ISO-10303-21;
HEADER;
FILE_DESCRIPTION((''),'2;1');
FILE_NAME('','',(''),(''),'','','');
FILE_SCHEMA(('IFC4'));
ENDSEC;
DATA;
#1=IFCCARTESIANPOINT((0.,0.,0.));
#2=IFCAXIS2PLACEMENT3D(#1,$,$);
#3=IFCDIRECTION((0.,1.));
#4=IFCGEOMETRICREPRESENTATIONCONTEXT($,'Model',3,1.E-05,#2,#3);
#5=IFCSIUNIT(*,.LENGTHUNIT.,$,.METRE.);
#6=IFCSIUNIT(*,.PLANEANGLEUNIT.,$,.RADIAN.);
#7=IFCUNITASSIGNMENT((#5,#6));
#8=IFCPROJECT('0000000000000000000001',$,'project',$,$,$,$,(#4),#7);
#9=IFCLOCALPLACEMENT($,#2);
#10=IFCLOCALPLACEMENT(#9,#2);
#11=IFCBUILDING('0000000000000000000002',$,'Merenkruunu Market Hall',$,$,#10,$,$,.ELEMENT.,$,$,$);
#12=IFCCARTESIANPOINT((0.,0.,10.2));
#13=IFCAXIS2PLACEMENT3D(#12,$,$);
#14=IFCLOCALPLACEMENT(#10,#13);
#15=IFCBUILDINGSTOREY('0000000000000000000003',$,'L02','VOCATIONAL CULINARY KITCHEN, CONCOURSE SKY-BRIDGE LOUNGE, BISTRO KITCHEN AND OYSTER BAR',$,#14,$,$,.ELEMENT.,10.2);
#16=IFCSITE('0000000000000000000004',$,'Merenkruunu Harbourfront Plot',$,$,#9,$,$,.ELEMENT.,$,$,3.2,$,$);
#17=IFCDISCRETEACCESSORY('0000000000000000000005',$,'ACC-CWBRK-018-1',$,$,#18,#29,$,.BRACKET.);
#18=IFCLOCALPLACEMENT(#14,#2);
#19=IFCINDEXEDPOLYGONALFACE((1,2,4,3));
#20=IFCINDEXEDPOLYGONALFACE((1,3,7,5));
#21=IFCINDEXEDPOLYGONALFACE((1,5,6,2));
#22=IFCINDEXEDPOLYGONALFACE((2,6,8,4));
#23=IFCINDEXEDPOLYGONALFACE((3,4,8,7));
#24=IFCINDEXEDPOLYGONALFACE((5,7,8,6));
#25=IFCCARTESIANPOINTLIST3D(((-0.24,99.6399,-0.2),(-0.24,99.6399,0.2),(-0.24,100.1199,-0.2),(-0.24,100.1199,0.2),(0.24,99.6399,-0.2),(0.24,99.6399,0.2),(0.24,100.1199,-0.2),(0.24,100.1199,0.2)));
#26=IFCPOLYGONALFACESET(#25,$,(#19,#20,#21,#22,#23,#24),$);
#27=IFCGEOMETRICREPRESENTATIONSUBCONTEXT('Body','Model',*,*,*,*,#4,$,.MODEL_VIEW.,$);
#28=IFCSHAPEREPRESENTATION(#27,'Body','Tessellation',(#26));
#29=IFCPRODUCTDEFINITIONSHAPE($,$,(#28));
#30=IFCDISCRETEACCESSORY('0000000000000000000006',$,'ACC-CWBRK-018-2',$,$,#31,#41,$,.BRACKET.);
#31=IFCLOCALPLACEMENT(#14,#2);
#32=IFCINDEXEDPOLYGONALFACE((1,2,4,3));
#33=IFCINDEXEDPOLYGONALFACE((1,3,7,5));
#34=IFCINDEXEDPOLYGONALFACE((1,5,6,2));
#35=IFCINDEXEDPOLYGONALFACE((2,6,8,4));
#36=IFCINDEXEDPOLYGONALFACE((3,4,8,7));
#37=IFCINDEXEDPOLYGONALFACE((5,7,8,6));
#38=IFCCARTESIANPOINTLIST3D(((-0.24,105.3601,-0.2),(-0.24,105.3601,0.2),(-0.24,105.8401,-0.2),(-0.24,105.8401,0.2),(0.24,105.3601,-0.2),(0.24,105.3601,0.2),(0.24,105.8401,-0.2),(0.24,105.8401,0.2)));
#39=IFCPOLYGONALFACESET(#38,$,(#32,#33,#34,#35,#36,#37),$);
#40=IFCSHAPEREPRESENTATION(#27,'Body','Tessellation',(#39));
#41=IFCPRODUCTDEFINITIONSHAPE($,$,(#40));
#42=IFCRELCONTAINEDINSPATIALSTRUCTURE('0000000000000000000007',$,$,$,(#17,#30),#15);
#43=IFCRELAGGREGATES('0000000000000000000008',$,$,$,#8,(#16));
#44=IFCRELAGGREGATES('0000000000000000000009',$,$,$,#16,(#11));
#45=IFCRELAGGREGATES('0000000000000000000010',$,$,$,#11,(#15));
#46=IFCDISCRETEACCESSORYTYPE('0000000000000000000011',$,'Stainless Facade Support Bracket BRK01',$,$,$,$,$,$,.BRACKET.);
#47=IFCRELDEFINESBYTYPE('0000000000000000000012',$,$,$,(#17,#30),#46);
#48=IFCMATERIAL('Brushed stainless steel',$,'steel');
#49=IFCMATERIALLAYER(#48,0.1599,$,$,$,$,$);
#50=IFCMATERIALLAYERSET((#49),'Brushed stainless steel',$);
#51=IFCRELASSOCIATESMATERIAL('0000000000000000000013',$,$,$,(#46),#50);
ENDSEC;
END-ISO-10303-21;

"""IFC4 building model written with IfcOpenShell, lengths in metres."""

from ifc_helpers import new_model, si_unit, direction, frame, origin, origin_2d, place, context, subcontext, project, spatial, rectangle, extrude, material, layer, layer_set, type_object, element, save


model = new_model("IFC4")

# Units and contexts
model_context = context("Model", 3, precision=1e-05, world=origin(), true_north=direction((0.0, 1.0)))
body_context = subcontext(model_context, "Body", "Model", "MODEL_VIEW")
ifc_project = project(units=[si_unit("LENGTHUNIT", "METRE"), si_unit("PLANEANGLEUNIT", "RADIAN")], contexts=[model_context])

# Site, building, storey
site_placement = place(None, origin())
site = spatial("IfcSite", under=ifc_project, at=site_placement, Name="Merenkruunu Harbourfront Plot", CompositionType="ELEMENT", RefElevation=3.2)
building_placement = place(site_placement, origin())
building = spatial("IfcBuilding", under=site, at=building_placement, Name="Merenkruunu Market Hall", CompositionType="ELEMENT")
storey_placement = place(building_placement, frame((0.0, 0.0, 10.2)))
storey = spatial("IfcBuildingStorey", under=building, at=storey_placement, Name="L02", Description="VOCATIONAL CULINARY KITCHEN, CONCOURSE SKY-BRIDGE LOUNGE, BISTRO KITCHEN AND OYSTER BAR", CompositionType="ELEMENT", Elevation=10.2)

# Discrete accessories
ifc_material_1 = material(Name="Brushed stainless steel", Category="steel")
ifc_layer_1 = layer(ifc_material_1, 0.1599)
ifc_layer_set_1 = layer_set([ifc_layer_1], Name="Brushed stainless steel")
discrete_accessory_type = type_object("IfcDiscreteAccessoryType", Name="Stainless Facade Support Bracket BRK01", PredefinedType="BRACKET", material=ifc_layer_set_1)
for number, where, z_axis, x_axis, name in (
    (1, (0.0, 99.8799, -0.2), (0.0, 0.0, 1.0), (1.0, 0.0, 0.0), "ACC-CWBRK-018-1"),
    (2, (0.0, 105.6001, -0.2), (0.0, 0.0, 1.0), (1.0, 0.0, 0.0), "ACC-CWBRK-018-2"),
):
    element("IfcDiscreteAccessory", number, at=place(storey_placement, frame(where, z_axis=z_axis, x_axis=x_axis)), inside=storey, type_object=discrete_accessory_type, Name=name, PredefinedType="BRACKET", context=body_context, shape_type="SweptSolid", body=[
        extrude(rectangle(XDim=0.48, YDim=0.48, at=origin_2d()), origin(), (0.0, 0.0, 1.0), 0.3999),
    ])

save(model, "model.ifc")
